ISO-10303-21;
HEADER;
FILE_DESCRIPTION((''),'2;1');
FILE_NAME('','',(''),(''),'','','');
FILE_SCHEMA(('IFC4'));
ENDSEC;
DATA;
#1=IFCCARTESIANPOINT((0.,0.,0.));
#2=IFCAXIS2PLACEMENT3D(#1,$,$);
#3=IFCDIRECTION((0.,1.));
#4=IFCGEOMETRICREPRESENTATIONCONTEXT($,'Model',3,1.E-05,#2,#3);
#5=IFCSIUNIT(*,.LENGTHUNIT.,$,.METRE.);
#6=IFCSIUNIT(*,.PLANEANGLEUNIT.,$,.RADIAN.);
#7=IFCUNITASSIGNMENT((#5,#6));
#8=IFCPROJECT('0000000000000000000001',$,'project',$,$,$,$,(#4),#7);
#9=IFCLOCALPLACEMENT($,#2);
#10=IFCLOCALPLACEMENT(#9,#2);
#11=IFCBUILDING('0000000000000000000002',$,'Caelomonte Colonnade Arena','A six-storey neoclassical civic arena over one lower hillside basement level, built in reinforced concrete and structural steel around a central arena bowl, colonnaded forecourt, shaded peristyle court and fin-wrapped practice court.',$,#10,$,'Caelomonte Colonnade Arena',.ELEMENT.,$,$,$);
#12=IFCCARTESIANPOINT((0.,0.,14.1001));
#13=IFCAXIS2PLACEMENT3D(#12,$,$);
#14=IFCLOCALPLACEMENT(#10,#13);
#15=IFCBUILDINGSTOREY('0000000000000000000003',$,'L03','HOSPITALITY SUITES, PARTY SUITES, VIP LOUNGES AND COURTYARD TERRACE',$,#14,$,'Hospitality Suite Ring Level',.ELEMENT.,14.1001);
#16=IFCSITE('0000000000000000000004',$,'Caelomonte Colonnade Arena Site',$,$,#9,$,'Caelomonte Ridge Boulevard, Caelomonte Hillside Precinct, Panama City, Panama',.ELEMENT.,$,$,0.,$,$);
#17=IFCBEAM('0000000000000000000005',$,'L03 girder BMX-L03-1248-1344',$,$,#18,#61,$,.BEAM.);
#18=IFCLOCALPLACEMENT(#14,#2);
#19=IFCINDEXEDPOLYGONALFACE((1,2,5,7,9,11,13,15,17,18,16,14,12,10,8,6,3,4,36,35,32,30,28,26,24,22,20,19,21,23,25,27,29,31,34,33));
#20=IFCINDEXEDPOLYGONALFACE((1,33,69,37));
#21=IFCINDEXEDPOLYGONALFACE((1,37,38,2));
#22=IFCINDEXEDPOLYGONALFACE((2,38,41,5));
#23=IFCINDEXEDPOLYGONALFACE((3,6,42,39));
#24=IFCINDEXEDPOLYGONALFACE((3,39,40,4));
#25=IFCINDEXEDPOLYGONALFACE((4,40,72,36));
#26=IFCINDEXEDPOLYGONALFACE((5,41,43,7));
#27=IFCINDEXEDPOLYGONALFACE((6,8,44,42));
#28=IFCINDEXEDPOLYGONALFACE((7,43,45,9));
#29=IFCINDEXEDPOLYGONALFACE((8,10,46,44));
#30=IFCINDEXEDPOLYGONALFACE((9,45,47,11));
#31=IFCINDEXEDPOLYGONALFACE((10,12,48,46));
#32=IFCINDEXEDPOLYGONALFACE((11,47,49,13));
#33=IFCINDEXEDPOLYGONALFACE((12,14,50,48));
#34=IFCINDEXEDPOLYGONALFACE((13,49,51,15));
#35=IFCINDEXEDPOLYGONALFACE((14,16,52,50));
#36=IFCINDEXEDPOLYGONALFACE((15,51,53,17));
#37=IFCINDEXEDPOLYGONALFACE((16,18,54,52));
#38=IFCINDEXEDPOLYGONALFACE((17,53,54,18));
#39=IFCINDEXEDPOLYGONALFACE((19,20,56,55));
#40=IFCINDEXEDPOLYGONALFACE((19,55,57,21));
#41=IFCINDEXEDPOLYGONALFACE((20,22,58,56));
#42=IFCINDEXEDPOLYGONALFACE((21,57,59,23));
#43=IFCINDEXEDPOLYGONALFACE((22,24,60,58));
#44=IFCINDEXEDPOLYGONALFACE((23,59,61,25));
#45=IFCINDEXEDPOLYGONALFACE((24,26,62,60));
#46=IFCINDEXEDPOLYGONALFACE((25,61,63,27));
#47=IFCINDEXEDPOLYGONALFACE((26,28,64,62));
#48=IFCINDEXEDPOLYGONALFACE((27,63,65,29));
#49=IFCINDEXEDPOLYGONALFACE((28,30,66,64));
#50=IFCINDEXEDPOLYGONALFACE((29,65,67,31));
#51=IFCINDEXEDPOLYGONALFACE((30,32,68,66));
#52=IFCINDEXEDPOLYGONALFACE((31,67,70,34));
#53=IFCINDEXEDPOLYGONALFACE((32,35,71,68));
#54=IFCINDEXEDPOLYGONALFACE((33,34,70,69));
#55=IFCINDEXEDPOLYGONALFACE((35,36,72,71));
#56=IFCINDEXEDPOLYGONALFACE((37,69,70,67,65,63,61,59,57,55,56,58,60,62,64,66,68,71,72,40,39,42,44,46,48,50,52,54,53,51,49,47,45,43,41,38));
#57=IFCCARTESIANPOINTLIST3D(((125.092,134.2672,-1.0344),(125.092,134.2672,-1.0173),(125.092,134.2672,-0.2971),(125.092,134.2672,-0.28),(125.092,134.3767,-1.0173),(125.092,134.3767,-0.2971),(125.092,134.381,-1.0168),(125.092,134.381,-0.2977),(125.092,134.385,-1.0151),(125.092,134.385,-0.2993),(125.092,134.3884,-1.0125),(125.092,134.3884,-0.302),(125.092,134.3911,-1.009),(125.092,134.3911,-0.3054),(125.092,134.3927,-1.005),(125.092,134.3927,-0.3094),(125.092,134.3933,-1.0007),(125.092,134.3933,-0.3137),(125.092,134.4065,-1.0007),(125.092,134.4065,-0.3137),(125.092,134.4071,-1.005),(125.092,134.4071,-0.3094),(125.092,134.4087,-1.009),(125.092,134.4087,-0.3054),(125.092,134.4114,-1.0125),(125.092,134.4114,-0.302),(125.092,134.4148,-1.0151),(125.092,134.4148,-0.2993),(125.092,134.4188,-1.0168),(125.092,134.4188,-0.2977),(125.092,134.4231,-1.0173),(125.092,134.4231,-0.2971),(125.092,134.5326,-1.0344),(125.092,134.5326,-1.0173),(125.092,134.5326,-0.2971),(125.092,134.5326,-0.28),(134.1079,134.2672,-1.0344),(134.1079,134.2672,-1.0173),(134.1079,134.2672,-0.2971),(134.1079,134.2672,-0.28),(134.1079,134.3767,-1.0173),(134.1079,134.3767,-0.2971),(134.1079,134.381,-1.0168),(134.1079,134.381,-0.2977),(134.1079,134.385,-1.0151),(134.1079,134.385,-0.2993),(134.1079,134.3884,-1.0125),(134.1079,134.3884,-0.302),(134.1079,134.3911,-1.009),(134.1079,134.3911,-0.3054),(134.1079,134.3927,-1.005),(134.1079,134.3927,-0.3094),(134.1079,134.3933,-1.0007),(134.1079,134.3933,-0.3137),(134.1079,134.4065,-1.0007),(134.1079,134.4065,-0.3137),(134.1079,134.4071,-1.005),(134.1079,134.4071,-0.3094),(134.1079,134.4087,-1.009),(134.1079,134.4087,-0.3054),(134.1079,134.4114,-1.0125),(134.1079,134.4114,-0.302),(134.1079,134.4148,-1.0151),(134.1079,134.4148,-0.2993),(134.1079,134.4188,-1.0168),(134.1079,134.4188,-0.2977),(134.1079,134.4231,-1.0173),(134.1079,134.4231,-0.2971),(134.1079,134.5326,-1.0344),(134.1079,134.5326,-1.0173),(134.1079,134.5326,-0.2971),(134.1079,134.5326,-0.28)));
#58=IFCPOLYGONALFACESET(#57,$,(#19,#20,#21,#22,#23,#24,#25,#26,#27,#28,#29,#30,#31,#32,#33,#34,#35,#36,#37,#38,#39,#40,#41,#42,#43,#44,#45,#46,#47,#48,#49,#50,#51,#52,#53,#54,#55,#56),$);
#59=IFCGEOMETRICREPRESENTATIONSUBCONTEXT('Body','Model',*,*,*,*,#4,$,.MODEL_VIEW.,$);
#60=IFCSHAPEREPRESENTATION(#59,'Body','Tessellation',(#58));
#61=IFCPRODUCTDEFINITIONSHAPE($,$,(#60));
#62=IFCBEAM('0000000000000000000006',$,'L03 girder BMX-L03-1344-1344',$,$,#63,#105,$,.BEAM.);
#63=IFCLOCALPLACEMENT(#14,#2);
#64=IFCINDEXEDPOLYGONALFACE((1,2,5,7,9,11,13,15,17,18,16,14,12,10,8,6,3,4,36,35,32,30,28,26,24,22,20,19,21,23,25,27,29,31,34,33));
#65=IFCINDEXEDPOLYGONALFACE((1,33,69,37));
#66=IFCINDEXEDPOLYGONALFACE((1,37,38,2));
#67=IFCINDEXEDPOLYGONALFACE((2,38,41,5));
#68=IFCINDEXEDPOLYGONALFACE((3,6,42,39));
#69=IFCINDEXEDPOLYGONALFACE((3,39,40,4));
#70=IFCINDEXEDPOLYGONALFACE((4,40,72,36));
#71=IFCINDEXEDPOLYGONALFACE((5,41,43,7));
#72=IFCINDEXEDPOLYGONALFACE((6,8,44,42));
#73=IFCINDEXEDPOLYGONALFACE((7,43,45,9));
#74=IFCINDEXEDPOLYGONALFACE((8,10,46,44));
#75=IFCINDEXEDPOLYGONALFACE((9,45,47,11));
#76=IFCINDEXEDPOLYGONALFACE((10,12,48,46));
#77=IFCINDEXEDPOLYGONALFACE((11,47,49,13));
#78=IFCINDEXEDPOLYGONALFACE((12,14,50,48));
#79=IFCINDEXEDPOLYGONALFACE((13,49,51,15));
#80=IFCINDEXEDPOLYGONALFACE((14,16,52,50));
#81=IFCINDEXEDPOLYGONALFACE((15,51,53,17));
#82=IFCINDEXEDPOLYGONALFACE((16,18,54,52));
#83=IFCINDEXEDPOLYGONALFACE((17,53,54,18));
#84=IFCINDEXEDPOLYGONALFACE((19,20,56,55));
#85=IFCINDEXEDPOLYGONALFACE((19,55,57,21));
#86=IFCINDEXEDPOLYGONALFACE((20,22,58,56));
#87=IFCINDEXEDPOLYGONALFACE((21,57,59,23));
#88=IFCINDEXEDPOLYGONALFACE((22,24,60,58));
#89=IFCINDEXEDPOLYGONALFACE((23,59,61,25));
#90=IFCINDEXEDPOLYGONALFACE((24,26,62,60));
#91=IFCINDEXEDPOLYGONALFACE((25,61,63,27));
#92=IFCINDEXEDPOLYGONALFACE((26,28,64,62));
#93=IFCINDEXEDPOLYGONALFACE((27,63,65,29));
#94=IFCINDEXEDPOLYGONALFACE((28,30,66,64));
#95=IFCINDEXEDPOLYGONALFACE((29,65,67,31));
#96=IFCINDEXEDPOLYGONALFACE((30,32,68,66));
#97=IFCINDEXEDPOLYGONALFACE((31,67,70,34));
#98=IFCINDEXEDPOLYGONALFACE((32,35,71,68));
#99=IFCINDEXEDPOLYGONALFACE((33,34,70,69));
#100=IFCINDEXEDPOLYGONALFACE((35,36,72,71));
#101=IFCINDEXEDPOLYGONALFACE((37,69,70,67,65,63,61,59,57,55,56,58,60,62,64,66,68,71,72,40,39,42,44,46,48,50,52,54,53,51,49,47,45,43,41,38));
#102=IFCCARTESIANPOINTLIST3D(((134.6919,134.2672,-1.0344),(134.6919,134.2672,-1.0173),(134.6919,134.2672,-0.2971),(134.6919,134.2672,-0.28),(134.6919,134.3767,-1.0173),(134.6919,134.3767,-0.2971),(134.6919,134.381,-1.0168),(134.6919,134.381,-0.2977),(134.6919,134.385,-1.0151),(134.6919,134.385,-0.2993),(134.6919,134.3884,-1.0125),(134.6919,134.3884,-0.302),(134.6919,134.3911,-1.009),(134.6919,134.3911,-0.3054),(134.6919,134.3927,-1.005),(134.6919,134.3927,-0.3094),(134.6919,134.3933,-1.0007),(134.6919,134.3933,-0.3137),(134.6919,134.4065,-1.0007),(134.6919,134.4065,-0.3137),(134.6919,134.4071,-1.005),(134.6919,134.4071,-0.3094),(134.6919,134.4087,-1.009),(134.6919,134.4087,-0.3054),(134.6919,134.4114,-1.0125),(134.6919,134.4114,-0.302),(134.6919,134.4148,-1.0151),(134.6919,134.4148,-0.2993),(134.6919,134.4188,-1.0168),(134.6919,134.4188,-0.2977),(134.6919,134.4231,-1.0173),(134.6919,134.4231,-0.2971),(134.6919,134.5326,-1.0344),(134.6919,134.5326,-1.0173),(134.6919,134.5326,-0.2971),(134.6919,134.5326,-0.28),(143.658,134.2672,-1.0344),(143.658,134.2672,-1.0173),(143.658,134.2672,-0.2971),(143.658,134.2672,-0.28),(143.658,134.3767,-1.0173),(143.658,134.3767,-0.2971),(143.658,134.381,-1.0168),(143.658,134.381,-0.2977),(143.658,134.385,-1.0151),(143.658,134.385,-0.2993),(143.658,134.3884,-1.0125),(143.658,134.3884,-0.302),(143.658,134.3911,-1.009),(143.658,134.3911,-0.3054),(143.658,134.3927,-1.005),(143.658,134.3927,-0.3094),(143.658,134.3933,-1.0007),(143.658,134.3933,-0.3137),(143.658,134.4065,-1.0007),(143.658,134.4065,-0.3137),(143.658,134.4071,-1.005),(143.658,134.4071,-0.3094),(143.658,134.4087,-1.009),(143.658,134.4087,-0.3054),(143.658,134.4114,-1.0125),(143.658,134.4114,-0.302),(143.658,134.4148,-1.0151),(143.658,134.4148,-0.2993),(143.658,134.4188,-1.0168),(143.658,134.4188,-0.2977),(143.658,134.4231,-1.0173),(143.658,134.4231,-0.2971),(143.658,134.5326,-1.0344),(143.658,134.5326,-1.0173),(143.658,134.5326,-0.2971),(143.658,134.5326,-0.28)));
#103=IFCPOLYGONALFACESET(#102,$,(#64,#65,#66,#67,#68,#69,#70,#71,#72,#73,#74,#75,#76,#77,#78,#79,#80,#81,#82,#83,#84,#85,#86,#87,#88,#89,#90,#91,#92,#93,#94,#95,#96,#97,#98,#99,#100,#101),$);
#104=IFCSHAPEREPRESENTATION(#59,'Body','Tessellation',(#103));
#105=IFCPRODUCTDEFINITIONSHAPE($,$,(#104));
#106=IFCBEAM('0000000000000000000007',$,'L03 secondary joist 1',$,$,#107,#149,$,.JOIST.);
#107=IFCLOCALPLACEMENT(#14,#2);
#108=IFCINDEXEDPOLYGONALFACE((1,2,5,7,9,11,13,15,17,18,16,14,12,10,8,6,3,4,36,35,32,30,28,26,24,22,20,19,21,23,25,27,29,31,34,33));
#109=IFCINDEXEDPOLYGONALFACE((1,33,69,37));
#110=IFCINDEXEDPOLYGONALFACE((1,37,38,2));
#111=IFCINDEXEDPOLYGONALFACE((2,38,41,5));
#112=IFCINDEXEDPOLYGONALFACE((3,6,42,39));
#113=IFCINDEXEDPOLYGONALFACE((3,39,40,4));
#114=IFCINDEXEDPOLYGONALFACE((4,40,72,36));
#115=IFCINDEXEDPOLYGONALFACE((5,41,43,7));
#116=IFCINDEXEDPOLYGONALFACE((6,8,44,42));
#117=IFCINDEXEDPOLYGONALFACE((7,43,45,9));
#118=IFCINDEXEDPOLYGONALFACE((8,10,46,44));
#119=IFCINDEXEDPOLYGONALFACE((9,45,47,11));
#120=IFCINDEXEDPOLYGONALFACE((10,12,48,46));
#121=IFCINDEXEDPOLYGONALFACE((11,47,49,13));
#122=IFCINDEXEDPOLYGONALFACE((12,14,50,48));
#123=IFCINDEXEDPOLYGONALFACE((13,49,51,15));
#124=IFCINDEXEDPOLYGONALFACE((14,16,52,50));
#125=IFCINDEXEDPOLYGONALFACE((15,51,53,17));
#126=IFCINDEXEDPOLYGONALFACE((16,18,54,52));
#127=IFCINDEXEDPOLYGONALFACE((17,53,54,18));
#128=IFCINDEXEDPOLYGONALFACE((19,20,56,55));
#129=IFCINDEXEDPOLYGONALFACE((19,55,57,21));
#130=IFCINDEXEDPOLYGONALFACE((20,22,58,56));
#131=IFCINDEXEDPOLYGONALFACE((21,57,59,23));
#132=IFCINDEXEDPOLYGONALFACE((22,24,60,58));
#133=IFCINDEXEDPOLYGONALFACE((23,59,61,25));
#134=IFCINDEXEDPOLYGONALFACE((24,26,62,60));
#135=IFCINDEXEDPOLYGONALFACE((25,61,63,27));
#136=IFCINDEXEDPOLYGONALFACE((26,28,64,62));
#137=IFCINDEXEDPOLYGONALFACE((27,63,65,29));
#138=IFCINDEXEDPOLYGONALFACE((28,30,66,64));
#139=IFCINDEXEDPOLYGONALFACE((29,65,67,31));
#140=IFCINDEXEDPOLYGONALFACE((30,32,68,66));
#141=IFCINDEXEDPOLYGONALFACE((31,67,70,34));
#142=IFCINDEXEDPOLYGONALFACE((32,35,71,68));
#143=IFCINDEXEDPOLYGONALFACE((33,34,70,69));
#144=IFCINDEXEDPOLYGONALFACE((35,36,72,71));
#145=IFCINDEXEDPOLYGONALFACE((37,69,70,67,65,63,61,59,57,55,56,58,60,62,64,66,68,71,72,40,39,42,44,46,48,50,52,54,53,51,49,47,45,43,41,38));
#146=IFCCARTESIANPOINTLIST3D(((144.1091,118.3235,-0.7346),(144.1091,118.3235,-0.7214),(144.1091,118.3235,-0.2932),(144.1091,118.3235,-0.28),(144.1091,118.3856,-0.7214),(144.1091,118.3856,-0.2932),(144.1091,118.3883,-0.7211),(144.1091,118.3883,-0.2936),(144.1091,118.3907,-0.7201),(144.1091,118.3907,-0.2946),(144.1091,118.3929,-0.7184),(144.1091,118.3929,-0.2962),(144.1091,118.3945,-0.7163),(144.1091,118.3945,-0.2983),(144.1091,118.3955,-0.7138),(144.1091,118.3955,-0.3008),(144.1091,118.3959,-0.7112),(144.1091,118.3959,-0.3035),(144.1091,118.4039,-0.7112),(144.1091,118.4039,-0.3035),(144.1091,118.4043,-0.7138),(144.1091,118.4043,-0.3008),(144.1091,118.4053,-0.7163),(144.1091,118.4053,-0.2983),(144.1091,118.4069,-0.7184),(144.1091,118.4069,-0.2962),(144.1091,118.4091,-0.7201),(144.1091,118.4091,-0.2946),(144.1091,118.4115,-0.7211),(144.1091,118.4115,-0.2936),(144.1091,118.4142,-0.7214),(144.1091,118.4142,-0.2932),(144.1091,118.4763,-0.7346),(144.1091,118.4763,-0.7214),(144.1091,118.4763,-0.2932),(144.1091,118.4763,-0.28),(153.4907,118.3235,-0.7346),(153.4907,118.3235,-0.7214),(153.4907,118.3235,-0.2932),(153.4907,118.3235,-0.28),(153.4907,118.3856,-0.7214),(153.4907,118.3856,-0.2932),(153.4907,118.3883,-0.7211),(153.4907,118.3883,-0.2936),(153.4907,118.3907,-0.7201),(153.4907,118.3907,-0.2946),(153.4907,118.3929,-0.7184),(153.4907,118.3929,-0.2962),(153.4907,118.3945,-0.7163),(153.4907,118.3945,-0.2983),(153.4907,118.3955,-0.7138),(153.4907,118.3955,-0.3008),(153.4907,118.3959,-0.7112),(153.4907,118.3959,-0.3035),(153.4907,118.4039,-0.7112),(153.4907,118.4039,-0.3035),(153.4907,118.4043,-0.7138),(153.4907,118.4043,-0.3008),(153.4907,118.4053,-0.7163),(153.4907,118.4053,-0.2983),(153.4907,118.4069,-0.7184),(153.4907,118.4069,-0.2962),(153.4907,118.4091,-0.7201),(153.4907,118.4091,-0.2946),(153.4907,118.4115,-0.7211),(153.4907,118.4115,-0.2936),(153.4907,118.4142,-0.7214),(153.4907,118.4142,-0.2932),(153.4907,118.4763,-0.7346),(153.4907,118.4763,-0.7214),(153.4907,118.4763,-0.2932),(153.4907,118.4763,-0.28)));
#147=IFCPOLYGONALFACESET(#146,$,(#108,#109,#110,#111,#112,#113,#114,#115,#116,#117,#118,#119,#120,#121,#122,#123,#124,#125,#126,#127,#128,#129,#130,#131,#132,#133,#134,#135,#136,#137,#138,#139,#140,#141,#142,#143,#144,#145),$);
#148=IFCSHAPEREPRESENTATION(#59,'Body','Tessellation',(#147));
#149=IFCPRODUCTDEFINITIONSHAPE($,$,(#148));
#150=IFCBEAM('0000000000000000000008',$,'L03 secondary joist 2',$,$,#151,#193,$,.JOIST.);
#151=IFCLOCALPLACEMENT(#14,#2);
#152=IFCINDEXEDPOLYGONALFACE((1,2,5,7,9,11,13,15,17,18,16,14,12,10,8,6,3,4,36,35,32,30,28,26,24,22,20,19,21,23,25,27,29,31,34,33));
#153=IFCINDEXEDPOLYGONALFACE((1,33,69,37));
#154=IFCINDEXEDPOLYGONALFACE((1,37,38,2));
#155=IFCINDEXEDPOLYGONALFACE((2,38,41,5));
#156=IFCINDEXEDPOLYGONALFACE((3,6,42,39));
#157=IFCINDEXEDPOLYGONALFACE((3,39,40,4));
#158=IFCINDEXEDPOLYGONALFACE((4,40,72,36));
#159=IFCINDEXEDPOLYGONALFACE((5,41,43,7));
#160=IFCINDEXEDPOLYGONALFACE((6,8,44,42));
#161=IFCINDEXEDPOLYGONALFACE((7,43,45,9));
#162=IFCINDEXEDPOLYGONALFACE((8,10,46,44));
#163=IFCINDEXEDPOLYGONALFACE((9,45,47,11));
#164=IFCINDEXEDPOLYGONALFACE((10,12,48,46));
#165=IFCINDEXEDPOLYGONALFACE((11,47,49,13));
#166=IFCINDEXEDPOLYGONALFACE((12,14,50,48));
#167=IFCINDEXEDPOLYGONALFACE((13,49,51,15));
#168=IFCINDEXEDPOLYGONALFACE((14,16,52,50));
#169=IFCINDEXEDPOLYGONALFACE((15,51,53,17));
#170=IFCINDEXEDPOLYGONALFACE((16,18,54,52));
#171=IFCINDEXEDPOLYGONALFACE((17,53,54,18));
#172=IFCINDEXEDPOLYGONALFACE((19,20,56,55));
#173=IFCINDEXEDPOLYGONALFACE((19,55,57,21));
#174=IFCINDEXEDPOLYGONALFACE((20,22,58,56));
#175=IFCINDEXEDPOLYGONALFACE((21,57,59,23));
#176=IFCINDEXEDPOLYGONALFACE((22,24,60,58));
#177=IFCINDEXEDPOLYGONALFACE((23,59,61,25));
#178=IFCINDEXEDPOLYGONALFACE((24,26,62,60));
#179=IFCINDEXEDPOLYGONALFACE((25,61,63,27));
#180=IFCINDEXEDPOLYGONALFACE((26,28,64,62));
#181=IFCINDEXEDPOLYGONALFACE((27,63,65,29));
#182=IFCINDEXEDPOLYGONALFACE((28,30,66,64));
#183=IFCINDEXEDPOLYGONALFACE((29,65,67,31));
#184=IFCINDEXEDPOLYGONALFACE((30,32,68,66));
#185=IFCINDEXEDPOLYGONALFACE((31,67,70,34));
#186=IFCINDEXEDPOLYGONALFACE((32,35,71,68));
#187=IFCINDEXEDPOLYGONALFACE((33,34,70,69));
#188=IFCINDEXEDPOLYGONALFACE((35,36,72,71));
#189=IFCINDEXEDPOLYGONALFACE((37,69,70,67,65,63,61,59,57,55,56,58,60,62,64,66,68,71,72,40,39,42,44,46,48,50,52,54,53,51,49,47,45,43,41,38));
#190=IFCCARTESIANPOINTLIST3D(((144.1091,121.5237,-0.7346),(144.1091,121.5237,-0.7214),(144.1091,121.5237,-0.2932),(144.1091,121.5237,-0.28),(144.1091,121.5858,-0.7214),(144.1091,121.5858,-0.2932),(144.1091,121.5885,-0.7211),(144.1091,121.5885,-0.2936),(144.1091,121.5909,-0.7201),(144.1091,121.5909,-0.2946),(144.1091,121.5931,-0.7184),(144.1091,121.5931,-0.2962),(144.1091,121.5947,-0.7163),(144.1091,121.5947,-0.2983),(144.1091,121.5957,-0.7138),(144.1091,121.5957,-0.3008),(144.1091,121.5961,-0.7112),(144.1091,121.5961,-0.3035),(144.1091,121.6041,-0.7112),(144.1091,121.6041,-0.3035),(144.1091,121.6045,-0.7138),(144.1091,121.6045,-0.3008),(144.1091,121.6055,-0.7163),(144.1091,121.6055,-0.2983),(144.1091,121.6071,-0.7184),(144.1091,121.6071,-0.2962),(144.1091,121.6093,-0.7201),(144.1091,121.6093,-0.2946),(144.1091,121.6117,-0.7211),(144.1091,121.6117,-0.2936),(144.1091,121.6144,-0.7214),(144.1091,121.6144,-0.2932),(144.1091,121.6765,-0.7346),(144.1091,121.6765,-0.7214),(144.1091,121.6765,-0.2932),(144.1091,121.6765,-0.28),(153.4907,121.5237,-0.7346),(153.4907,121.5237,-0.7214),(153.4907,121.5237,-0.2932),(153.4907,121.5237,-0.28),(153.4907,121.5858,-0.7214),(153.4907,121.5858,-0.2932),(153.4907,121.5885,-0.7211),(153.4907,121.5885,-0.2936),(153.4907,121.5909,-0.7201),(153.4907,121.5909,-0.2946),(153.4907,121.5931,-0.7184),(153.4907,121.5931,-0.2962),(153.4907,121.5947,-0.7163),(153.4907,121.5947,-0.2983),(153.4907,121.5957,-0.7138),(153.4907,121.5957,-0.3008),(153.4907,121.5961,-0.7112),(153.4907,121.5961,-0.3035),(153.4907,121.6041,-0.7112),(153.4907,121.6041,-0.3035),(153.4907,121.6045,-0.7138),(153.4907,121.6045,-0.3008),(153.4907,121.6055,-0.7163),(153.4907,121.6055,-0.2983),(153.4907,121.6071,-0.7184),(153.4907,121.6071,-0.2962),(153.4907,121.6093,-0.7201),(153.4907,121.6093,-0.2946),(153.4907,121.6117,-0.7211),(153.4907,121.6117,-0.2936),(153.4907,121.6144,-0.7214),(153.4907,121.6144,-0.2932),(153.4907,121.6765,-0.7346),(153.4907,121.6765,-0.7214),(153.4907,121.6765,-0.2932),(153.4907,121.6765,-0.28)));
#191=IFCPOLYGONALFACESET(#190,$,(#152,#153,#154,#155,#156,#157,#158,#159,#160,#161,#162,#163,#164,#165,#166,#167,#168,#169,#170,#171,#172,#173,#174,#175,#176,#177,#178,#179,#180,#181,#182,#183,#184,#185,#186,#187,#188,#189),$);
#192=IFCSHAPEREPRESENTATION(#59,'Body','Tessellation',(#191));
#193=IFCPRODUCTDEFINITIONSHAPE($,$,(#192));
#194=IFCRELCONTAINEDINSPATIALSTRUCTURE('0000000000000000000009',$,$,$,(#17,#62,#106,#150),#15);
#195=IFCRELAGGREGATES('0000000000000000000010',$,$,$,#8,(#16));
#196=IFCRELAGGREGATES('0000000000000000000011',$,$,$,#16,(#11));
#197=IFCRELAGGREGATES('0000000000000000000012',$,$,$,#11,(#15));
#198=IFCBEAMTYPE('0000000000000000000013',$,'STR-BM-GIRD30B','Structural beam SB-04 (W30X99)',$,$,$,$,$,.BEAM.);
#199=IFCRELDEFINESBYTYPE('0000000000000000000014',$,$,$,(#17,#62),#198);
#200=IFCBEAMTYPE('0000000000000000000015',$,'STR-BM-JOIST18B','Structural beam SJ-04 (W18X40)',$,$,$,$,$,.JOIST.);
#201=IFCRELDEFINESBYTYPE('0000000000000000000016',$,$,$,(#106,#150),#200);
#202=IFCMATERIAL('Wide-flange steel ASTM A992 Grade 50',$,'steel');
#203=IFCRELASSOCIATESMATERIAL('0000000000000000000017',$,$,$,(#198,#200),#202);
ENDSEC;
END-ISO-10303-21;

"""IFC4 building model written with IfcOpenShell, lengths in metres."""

from ifc_helpers import new_model, si_unit, direction, frame, origin, origin_2d, place, context, subcontext, project, spatial, i_section, extrude, material, material_profile, profile_set, type_object, element, save


model = new_model("IFC4")

# Units and contexts
model_context = context("Model", 3, precision=1e-05, world=origin(), true_north=direction((0.0, 1.0)))
body_context = subcontext(model_context, "Body", "Model", "MODEL_VIEW")
ifc_project = project(units=[si_unit("LENGTHUNIT", "METRE"), si_unit("PLANEANGLEUNIT", "RADIAN")], contexts=[model_context])

# Site, building, storey
site_placement = place(None, origin())
site = spatial("IfcSite", under=ifc_project, at=site_placement, Name="Caelomonte Colonnade Arena Site", LongName="Caelomonte Ridge Boulevard, Caelomonte Hillside Precinct, Panama City, Panama", CompositionType="ELEMENT", RefElevation=0.0)
building_placement = place(site_placement, origin())
building = spatial("IfcBuilding", under=site, at=building_placement, Name="Caelomonte Colonnade Arena", Description="A six-storey neoclassical civic arena over one lower hillside basement level, built in reinforced concrete and structural steel around a central arena bowl, colonnaded forecourt, shaded peristyle court and fin-wrapped practice court.", LongName="Caelomonte Colonnade Arena", CompositionType="ELEMENT")
storey_placement = place(building_placement, frame((0.0, 0.0, 14.1001)))
storey = spatial("IfcBuildingStorey", under=building, at=storey_placement, Name="L03", Description="HOSPITALITY SUITES, PARTY SUITES, VIP LOUNGES AND COURTYARD TERRACE", LongName="Hospitality Suite Ring Level", CompositionType="ELEMENT", Elevation=14.1001)

# Beams
ifc_material_1 = material(Name="Wide-flange steel ASTM A992 Grade 50", Category="steel")
ifc_material_profile_1 = material_profile(ifc_material_1, i_section(OverallWidth=0.2654, OverallDepth=0.7544, WebThickness=0.0132, FlangeThickness=0.0171, FilletRadius=0.0166, at=origin_2d()), Name="W30X99")
ifc_profile_set_1 = profile_set([ifc_material_profile_1], Name="Wide-flange steel ASTM A992 Grade 50")
beam_type_1 = type_object("IfcBeamType", Name="STR-BM-GIRD30B", Description="Structural beam SB-04 (W30X99)", PredefinedType="BEAM", material=ifc_profile_set_1)
beam_1_placement = place(storey_placement, frame((125.092, 134.3999, -0.6572), z_axis=(1.0, 0.0, 0.0), x_axis=(0.0, 1.0, 0.0)))
element("IfcBeam", 1, at=beam_1_placement, inside=storey, type_object=beam_type_1, Name="L03 girder BMX-L03-1248-1344", PredefinedType="BEAM", context=body_context, shape_type="SweptSolid", body=[
    extrude(i_section(OverallWidth=0.2654, OverallDepth=0.7544, WebThickness=0.0132, FlangeThickness=0.0171, FilletRadius=0.0166, at=origin_2d()), origin(), (0.0, 0.0, 1.0), 9.0159),
])
beam_2_placement = place(storey_placement, frame((134.6919, 134.3999, -0.6572), z_axis=(1.0, 0.0, 0.0), x_axis=(0.0, 1.0, 0.0)))
element("IfcBeam", 2, at=beam_2_placement, inside=storey, type_object=beam_type_1, Name="L03 girder BMX-L03-1344-1344", PredefinedType="BEAM", context=body_context, shape_type="SweptSolid", body=[
    extrude(i_section(OverallWidth=0.2654, OverallDepth=0.7544, WebThickness=0.0132, FlangeThickness=0.0171, FilletRadius=0.0166, at=origin_2d()), origin(), (0.0, 0.0, 1.0), 8.9661),
])
ifc_material_profile_2 = material_profile(ifc_material_1, i_section(OverallWidth=0.1528, OverallDepth=0.4546, WebThickness=0.0081, FlangeThickness=0.0132, FilletRadius=0.0103, at=origin_2d()), Name="W18X40")
ifc_profile_set_2 = profile_set([ifc_material_profile_2], Name="Wide-flange steel ASTM A992 Grade 50")
beam_type_2 = type_object("IfcBeamType", Name="STR-BM-JOIST18B", Description="Structural beam SJ-04 (W18X40)", PredefinedType="JOIST", material=ifc_profile_set_2)
for number, where, z_axis, x_axis, name in (
    (3, (144.1091, 118.3999, -0.5073), (1.0, 0.0, 0.0), (0.0, 1.0, 0.0), "L03 secondary joist 1"),
    (4, (144.1091, 121.6001, -0.5073), (1.0, 0.0, 0.0), (0.0, 1.0, 0.0), "L03 secondary joist 2"),
):
    element("IfcBeam", number, at=place(storey_placement, frame(where, z_axis=z_axis, x_axis=x_axis)), inside=storey, type_object=beam_type_2, Name=name, PredefinedType="JOIST", context=body_context, shape_type="SweptSolid", body=[
        extrude(i_section(OverallWidth=0.1528, OverallDepth=0.4546, WebThickness=0.0081, FlangeThickness=0.0132, FilletRadius=0.0103, at=origin_2d()), origin(), (0.0, 0.0, 1.0), 9.3816),
    ])

save(model, "model.ifc")
